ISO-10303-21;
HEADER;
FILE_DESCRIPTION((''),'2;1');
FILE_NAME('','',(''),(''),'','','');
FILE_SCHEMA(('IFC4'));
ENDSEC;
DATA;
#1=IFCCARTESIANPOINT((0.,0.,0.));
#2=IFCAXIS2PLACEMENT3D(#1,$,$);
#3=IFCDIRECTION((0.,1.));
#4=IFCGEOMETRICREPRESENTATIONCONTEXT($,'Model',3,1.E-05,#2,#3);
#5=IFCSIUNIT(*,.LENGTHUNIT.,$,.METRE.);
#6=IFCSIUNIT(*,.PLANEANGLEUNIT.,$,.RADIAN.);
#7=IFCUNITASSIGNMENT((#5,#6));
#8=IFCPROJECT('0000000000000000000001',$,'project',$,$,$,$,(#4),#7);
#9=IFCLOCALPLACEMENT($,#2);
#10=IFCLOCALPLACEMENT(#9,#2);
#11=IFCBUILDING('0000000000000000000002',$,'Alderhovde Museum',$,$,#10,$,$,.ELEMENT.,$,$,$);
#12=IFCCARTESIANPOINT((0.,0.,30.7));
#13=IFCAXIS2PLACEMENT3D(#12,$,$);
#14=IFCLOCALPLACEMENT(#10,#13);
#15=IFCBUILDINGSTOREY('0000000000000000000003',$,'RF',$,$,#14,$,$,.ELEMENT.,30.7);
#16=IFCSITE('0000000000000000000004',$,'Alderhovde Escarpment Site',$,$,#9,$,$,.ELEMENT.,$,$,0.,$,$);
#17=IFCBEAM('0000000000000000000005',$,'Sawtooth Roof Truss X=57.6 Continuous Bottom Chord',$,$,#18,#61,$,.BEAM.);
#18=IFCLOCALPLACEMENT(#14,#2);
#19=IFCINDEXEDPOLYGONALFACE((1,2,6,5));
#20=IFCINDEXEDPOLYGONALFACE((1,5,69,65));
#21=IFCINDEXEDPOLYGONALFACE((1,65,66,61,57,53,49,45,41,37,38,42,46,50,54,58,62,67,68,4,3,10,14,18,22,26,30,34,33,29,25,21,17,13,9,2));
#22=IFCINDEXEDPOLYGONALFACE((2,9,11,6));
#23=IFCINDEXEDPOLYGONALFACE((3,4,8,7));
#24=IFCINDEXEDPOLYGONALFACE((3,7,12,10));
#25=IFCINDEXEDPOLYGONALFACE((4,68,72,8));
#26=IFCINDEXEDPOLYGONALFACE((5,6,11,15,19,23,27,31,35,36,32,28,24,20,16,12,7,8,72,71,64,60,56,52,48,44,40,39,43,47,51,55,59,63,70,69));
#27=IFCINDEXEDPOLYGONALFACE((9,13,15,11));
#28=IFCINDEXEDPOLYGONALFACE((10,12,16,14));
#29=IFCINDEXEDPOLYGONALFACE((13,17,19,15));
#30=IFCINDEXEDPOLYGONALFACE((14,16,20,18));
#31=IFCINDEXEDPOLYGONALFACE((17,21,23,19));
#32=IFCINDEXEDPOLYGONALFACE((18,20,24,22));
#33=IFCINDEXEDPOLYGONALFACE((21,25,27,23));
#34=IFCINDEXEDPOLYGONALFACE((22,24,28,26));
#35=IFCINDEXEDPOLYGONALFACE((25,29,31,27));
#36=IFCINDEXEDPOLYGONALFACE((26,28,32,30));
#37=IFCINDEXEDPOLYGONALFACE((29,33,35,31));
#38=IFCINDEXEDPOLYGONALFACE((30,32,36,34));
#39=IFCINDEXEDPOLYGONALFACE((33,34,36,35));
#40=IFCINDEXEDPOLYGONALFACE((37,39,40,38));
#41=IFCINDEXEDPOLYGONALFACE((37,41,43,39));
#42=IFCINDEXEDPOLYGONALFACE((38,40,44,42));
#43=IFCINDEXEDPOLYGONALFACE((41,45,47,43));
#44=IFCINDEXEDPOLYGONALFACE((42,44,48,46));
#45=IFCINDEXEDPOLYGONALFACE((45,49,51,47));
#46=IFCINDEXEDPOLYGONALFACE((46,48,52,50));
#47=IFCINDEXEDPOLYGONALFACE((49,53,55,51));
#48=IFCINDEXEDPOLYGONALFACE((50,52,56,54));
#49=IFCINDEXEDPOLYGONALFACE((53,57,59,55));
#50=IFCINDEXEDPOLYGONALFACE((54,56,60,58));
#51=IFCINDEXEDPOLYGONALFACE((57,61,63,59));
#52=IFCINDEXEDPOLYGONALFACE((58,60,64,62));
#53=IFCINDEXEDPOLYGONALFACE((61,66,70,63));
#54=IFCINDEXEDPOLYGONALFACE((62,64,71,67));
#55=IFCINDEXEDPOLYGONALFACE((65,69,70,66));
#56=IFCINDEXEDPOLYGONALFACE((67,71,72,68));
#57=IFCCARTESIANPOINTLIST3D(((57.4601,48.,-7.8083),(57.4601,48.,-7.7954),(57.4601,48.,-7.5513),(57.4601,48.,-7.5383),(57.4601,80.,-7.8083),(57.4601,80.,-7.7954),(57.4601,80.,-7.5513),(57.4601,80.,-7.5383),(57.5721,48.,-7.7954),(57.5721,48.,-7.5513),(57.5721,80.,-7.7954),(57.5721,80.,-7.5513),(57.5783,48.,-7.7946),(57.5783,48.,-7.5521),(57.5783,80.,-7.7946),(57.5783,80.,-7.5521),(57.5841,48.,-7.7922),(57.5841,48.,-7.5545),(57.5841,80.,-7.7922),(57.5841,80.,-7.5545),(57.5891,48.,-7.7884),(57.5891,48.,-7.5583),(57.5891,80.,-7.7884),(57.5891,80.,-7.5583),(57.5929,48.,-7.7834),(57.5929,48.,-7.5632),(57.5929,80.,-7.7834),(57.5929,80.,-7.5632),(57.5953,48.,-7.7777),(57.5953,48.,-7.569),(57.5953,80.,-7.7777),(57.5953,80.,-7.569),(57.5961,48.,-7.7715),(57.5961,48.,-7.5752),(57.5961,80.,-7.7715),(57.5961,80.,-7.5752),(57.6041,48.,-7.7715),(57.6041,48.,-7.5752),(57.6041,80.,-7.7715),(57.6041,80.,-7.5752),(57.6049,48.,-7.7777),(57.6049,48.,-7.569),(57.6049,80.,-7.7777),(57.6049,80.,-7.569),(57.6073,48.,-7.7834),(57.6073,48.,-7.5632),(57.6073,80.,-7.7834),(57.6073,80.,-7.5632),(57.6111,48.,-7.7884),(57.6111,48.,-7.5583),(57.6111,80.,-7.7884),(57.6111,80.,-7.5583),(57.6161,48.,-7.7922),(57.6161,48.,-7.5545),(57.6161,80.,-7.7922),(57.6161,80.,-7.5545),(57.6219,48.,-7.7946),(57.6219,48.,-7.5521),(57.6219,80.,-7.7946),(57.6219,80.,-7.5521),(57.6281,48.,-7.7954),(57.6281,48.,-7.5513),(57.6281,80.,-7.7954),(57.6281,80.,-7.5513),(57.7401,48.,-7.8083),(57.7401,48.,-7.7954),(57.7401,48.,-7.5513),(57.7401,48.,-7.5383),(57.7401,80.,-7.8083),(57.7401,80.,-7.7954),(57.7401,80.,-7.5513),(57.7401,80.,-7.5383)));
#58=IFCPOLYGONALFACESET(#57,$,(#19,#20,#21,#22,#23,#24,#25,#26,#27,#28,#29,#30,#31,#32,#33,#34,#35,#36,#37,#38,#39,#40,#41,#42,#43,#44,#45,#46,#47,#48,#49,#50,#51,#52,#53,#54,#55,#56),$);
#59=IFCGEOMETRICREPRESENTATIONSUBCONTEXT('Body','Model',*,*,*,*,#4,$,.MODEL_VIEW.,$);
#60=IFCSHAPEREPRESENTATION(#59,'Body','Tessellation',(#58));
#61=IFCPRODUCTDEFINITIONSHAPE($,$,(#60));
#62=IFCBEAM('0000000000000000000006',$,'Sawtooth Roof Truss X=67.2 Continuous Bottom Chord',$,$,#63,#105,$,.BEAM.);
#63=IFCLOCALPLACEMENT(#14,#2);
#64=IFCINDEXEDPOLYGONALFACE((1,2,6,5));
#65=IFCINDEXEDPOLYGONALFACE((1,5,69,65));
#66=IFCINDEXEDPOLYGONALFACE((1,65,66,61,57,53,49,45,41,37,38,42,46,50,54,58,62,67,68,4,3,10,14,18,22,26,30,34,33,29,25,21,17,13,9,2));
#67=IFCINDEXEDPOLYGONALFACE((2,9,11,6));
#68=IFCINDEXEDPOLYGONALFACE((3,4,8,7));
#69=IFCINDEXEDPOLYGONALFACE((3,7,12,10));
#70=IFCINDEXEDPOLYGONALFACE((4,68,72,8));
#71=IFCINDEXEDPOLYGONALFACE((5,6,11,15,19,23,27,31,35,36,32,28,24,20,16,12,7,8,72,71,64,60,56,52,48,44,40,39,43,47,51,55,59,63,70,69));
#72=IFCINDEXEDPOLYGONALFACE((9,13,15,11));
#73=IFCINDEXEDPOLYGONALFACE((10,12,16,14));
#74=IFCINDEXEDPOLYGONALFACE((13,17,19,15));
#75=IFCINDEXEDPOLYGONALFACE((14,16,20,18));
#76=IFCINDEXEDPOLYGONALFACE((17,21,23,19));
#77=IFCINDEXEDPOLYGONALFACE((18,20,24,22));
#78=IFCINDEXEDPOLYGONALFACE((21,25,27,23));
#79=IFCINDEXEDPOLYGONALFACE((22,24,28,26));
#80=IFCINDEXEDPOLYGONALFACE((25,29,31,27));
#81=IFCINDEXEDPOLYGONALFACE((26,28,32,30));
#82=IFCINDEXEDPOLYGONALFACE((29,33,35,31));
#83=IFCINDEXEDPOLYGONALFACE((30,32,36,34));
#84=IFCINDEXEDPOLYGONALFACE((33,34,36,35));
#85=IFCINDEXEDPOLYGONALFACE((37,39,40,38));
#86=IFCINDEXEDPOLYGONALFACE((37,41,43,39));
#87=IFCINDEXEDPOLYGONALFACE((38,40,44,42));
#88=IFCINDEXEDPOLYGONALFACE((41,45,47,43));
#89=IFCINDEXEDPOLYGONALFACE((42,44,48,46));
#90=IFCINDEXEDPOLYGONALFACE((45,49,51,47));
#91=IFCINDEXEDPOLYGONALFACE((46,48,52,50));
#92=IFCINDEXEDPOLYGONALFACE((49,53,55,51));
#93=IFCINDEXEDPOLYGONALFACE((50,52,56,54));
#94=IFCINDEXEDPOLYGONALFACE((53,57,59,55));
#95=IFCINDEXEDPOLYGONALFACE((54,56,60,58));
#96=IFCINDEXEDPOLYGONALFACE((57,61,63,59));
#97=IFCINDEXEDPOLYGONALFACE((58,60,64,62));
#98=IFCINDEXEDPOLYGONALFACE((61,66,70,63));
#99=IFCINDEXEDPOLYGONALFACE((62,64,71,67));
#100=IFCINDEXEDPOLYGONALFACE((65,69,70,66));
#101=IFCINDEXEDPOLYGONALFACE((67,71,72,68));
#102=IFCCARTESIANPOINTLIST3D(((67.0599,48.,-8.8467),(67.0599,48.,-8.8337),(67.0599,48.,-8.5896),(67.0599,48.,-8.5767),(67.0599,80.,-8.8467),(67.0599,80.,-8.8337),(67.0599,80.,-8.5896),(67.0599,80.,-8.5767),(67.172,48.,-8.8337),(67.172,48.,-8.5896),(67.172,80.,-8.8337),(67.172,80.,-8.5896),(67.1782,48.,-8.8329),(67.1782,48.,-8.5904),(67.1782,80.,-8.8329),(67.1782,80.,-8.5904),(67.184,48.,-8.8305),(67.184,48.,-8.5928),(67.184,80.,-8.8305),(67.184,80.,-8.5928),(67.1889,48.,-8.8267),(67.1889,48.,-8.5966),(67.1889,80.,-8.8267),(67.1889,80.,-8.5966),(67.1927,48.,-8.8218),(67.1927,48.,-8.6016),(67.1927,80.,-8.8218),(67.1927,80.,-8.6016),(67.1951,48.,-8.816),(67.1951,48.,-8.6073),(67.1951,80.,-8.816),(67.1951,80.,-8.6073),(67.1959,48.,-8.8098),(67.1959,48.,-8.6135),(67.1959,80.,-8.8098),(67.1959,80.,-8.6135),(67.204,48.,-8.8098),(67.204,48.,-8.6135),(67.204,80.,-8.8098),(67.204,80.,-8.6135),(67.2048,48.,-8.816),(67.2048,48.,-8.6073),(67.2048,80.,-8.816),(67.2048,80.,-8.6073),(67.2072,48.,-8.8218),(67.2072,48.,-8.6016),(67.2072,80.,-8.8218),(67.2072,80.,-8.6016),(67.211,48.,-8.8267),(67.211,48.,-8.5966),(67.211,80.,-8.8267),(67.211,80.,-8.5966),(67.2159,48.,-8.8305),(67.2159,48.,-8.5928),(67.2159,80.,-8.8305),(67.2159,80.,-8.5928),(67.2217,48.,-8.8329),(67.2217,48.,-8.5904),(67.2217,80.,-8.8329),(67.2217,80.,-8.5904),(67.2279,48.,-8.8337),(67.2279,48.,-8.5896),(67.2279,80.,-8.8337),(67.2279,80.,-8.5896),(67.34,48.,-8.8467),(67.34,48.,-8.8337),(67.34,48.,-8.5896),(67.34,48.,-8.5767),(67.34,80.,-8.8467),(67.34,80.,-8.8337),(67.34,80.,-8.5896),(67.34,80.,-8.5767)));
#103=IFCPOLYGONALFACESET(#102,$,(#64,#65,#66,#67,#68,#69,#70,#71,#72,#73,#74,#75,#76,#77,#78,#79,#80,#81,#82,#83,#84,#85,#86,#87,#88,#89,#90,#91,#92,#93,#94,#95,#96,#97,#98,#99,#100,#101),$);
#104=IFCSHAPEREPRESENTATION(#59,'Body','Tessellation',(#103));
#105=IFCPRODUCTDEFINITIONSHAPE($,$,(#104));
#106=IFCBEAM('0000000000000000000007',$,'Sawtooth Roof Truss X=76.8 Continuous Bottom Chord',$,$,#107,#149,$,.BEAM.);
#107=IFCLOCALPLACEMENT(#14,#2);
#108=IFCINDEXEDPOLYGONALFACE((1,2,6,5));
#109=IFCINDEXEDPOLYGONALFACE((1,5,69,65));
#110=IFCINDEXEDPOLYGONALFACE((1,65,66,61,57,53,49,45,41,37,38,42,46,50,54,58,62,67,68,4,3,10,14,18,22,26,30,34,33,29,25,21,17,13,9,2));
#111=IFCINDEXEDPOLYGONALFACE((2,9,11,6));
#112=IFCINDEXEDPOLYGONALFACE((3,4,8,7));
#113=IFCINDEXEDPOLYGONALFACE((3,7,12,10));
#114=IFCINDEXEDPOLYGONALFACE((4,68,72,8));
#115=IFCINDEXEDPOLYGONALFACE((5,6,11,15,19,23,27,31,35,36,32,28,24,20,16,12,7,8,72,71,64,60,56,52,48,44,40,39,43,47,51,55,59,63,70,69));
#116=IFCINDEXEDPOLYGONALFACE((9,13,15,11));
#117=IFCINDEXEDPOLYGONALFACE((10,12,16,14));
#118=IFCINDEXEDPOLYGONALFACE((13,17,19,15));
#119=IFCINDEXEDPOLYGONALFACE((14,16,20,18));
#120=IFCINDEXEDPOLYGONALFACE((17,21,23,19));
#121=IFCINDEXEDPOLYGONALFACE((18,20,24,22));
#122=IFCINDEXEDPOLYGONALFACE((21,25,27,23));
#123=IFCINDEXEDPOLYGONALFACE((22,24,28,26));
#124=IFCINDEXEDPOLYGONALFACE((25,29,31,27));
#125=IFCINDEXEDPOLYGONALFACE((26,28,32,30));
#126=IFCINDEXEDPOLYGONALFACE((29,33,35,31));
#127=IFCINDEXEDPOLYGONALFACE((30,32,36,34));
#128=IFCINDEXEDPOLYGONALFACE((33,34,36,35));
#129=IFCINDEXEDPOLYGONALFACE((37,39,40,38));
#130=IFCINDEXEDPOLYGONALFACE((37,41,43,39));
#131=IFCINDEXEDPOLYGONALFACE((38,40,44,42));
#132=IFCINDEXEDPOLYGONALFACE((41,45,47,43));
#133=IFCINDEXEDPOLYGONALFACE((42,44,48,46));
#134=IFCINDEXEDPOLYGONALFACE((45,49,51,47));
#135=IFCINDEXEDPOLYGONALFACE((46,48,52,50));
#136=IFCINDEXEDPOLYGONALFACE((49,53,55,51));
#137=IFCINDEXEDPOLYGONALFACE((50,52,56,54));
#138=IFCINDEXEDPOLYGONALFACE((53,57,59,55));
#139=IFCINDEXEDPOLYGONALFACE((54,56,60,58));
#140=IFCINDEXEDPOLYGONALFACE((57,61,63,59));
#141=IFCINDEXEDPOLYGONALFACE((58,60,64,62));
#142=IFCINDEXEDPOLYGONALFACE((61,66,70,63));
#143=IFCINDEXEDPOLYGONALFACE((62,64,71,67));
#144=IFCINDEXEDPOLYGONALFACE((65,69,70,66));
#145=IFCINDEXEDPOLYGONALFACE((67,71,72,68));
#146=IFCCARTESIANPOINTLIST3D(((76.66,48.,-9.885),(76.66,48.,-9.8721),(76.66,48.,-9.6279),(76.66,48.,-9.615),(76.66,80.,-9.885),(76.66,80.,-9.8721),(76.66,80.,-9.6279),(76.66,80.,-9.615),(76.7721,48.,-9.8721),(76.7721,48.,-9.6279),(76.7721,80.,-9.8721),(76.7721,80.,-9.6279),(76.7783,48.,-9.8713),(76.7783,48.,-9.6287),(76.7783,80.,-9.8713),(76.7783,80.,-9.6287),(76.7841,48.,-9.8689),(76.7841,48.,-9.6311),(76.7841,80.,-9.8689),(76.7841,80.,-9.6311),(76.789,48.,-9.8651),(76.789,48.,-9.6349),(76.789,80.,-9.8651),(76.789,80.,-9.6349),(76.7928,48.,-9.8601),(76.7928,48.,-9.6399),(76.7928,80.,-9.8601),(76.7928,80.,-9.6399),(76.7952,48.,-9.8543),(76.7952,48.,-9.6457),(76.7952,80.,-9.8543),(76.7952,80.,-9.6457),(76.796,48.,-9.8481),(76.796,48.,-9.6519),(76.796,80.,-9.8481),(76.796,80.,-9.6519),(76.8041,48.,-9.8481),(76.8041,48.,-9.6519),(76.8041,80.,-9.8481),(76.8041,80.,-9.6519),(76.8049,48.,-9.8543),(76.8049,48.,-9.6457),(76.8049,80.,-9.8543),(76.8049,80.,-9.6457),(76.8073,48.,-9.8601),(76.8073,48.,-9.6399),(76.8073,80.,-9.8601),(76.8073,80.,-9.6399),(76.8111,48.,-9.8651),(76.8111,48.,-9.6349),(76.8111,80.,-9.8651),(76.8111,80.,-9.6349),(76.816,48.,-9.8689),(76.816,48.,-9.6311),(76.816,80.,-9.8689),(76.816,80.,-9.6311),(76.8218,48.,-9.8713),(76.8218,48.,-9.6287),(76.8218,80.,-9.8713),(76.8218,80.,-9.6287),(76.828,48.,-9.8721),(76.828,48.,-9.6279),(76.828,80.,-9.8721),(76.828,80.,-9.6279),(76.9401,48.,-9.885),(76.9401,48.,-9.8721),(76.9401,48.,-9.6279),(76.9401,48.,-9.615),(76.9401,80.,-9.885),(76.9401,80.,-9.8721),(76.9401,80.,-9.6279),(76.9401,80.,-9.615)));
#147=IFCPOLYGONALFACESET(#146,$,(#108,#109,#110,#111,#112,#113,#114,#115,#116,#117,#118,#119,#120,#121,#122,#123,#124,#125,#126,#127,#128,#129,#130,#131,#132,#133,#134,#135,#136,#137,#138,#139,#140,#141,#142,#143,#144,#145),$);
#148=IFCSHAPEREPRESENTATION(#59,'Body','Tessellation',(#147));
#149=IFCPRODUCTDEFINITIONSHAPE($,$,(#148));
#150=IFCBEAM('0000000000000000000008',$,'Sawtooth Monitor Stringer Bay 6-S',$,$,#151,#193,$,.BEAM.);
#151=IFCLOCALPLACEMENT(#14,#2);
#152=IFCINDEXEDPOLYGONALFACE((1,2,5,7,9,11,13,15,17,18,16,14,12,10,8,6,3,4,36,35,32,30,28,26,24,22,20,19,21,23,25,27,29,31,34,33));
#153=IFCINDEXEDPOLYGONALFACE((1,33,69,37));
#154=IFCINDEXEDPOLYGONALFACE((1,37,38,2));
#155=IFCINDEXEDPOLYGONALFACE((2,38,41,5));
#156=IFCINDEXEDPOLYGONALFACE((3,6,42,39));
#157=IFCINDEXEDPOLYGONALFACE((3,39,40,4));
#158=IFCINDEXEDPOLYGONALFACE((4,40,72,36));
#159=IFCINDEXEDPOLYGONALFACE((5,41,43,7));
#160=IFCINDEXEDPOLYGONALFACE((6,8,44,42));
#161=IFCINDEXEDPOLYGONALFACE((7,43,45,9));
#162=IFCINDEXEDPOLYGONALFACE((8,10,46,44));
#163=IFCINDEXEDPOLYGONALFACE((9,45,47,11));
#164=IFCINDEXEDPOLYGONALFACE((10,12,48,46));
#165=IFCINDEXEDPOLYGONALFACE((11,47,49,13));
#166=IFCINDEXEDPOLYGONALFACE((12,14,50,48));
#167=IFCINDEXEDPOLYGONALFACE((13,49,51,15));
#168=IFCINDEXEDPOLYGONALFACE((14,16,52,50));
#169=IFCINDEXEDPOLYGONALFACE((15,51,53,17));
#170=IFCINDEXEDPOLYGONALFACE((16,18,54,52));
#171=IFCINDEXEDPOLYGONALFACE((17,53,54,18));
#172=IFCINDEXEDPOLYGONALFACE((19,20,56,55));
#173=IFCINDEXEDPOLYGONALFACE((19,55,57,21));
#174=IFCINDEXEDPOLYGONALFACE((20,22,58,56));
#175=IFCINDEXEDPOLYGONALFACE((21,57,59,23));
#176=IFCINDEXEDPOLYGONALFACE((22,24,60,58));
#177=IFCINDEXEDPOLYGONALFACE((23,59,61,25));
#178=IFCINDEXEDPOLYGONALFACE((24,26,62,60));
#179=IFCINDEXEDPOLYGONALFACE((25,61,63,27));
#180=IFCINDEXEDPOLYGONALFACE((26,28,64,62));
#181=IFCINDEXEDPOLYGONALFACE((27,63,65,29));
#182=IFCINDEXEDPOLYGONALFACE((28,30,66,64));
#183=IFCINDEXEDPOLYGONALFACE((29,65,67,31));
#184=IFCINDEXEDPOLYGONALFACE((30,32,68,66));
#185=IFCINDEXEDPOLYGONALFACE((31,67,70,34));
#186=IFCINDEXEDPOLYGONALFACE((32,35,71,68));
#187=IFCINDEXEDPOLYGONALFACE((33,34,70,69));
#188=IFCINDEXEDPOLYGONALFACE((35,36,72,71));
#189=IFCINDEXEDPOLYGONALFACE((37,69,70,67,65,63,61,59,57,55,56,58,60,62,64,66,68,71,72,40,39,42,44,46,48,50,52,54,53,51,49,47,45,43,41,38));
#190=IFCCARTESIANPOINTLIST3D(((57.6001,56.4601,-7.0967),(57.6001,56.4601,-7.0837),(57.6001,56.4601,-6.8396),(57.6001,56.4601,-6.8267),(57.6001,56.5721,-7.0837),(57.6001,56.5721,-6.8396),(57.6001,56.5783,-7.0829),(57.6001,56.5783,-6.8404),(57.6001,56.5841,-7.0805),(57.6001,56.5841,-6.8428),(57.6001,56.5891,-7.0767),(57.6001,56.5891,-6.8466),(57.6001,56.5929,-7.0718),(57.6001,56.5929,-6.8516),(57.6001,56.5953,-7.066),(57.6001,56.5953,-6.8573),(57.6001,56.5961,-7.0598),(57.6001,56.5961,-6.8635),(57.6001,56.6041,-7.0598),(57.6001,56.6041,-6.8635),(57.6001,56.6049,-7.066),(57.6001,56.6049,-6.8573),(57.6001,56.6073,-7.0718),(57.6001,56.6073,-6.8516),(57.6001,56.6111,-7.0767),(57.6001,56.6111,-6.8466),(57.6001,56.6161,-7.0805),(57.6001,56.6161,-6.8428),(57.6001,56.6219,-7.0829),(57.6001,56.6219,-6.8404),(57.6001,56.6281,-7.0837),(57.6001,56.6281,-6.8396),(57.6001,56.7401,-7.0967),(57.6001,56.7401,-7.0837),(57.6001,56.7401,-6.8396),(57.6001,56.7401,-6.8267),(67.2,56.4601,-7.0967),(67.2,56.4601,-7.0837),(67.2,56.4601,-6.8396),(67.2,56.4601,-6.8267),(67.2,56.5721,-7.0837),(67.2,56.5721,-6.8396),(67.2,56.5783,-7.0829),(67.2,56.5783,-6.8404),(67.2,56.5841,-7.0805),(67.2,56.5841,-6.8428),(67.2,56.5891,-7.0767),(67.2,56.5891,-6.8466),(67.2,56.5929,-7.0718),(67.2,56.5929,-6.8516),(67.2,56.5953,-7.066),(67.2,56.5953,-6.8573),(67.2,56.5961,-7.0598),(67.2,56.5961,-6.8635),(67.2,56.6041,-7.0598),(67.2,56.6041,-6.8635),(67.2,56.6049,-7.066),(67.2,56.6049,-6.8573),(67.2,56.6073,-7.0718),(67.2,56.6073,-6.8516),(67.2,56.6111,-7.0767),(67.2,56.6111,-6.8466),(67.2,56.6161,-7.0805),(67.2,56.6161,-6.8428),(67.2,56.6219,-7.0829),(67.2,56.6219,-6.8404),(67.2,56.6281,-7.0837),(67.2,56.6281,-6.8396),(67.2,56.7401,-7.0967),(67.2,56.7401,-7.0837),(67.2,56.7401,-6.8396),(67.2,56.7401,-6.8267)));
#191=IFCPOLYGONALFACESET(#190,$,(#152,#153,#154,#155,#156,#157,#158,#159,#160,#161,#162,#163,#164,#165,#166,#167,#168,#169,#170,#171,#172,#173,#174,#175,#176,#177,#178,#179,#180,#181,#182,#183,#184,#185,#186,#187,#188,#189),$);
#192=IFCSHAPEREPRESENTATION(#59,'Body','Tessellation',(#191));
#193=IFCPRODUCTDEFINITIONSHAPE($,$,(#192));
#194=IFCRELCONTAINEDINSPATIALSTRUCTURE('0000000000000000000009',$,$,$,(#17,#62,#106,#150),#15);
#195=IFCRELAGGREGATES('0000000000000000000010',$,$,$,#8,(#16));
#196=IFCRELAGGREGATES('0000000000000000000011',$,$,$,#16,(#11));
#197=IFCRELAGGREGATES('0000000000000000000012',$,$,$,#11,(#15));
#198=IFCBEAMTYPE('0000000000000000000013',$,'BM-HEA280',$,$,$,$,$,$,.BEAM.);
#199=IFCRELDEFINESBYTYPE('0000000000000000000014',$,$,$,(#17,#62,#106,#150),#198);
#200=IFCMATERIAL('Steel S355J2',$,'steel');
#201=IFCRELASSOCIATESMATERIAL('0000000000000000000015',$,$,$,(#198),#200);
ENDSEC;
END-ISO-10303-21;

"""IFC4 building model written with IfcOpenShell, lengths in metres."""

from ifc_helpers import new_model, si_unit, direction, frame, origin, origin_2d, place, context, subcontext, project, spatial, i_section, extrude, material, material_profile, profile_set, type_object, element, save


model = new_model("IFC4")

# Units and contexts
model_context = context("Model", 3, precision=1e-05, world=origin(), true_north=direction((0.0, 1.0)))
body_context = subcontext(model_context, "Body", "Model", "MODEL_VIEW")
ifc_project = project(units=[si_unit("LENGTHUNIT", "METRE"), si_unit("PLANEANGLEUNIT", "RADIAN")], contexts=[model_context])

# Site, building, storey
site_placement = place(None, origin())
site = spatial("IfcSite", under=ifc_project, at=site_placement, Name="Alderhovde Escarpment Site", CompositionType="ELEMENT", RefElevation=0.0)
building_placement = place(site_placement, origin())
building = spatial("IfcBuilding", under=site, at=building_placement, Name="Alderhovde Museum", CompositionType="ELEMENT")
storey_placement = place(building_placement, frame((0.0, 0.0, 30.7)))
storey = spatial("IfcBuildingStorey", under=building, at=storey_placement, Name="RF", CompositionType="ELEMENT", Elevation=30.7)

# Beams
ifc_material_1 = material(Name="Steel S355J2", Category="steel")
ifc_material_profile_1 = material_profile(ifc_material_1, i_section(OverallWidth=0.28, OverallDepth=0.27, WebThickness=0.0081, FlangeThickness=0.0129, FilletRadius=0.0239, at=origin_2d()), Name="HEA 280")
ifc_profile_set_1 = profile_set([ifc_material_profile_1], Name="Steel S355J2")
beam_type_1 = type_object("IfcBeamType", Name="BM-HEA280", PredefinedType="BEAM", material=ifc_profile_set_1)
for number, where, z_axis, x_axis, name in (
    (1, (57.6001, 48.0, -7.6733), (0.0, 1.0, 0.0), (-1.0, 0.0, 0.0), "Sawtooth Roof Truss X=57.6 Continuous Bottom Chord"),
    (2, (67.2, 48.0, -8.7117), (0.0, 1.0, 0.0), (-1.0, 0.0, 0.0), "Sawtooth Roof Truss X=67.2 Continuous Bottom Chord"),
    (3, (76.8, 48.0, -9.75), (0.0, 1.0, 0.0), (-1.0, 0.0, 0.0), "Sawtooth Roof Truss X=76.8 Continuous Bottom Chord"),
):
    element("IfcBeam", number, at=place(storey_placement, frame(where, z_axis=z_axis, x_axis=x_axis)), inside=storey, type_object=beam_type_1, Name=name, PredefinedType="BEAM", context=body_context, shape_type="SweptSolid", body=[
        extrude(i_section(OverallWidth=0.28, OverallDepth=0.27, WebThickness=0.0081, FlangeThickness=0.0129, FilletRadius=0.0239, at=origin_2d()), origin(), (0.0, 0.0, 1.0), 32.0),
    ])
beam_1_placement = place(storey_placement, frame((57.6001, 56.6001, -6.9617), z_axis=(1.0, 0.0, 0.0), x_axis=(0.0, 1.0, 0.0)))
element("IfcBeam", 4, at=beam_1_placement, inside=storey, type_object=beam_type_1, Name="Sawtooth Monitor Stringer Bay 6-S", PredefinedType="BEAM", context=body_context, shape_type="SweptSolid", body=[
    extrude(i_section(OverallWidth=0.28, OverallDepth=0.27, WebThickness=0.0081, FlangeThickness=0.0129, FilletRadius=0.0239, at=origin_2d()), origin(), (0.0, 0.0, 1.0), 9.5999),
])

save(model, "model.ifc")
